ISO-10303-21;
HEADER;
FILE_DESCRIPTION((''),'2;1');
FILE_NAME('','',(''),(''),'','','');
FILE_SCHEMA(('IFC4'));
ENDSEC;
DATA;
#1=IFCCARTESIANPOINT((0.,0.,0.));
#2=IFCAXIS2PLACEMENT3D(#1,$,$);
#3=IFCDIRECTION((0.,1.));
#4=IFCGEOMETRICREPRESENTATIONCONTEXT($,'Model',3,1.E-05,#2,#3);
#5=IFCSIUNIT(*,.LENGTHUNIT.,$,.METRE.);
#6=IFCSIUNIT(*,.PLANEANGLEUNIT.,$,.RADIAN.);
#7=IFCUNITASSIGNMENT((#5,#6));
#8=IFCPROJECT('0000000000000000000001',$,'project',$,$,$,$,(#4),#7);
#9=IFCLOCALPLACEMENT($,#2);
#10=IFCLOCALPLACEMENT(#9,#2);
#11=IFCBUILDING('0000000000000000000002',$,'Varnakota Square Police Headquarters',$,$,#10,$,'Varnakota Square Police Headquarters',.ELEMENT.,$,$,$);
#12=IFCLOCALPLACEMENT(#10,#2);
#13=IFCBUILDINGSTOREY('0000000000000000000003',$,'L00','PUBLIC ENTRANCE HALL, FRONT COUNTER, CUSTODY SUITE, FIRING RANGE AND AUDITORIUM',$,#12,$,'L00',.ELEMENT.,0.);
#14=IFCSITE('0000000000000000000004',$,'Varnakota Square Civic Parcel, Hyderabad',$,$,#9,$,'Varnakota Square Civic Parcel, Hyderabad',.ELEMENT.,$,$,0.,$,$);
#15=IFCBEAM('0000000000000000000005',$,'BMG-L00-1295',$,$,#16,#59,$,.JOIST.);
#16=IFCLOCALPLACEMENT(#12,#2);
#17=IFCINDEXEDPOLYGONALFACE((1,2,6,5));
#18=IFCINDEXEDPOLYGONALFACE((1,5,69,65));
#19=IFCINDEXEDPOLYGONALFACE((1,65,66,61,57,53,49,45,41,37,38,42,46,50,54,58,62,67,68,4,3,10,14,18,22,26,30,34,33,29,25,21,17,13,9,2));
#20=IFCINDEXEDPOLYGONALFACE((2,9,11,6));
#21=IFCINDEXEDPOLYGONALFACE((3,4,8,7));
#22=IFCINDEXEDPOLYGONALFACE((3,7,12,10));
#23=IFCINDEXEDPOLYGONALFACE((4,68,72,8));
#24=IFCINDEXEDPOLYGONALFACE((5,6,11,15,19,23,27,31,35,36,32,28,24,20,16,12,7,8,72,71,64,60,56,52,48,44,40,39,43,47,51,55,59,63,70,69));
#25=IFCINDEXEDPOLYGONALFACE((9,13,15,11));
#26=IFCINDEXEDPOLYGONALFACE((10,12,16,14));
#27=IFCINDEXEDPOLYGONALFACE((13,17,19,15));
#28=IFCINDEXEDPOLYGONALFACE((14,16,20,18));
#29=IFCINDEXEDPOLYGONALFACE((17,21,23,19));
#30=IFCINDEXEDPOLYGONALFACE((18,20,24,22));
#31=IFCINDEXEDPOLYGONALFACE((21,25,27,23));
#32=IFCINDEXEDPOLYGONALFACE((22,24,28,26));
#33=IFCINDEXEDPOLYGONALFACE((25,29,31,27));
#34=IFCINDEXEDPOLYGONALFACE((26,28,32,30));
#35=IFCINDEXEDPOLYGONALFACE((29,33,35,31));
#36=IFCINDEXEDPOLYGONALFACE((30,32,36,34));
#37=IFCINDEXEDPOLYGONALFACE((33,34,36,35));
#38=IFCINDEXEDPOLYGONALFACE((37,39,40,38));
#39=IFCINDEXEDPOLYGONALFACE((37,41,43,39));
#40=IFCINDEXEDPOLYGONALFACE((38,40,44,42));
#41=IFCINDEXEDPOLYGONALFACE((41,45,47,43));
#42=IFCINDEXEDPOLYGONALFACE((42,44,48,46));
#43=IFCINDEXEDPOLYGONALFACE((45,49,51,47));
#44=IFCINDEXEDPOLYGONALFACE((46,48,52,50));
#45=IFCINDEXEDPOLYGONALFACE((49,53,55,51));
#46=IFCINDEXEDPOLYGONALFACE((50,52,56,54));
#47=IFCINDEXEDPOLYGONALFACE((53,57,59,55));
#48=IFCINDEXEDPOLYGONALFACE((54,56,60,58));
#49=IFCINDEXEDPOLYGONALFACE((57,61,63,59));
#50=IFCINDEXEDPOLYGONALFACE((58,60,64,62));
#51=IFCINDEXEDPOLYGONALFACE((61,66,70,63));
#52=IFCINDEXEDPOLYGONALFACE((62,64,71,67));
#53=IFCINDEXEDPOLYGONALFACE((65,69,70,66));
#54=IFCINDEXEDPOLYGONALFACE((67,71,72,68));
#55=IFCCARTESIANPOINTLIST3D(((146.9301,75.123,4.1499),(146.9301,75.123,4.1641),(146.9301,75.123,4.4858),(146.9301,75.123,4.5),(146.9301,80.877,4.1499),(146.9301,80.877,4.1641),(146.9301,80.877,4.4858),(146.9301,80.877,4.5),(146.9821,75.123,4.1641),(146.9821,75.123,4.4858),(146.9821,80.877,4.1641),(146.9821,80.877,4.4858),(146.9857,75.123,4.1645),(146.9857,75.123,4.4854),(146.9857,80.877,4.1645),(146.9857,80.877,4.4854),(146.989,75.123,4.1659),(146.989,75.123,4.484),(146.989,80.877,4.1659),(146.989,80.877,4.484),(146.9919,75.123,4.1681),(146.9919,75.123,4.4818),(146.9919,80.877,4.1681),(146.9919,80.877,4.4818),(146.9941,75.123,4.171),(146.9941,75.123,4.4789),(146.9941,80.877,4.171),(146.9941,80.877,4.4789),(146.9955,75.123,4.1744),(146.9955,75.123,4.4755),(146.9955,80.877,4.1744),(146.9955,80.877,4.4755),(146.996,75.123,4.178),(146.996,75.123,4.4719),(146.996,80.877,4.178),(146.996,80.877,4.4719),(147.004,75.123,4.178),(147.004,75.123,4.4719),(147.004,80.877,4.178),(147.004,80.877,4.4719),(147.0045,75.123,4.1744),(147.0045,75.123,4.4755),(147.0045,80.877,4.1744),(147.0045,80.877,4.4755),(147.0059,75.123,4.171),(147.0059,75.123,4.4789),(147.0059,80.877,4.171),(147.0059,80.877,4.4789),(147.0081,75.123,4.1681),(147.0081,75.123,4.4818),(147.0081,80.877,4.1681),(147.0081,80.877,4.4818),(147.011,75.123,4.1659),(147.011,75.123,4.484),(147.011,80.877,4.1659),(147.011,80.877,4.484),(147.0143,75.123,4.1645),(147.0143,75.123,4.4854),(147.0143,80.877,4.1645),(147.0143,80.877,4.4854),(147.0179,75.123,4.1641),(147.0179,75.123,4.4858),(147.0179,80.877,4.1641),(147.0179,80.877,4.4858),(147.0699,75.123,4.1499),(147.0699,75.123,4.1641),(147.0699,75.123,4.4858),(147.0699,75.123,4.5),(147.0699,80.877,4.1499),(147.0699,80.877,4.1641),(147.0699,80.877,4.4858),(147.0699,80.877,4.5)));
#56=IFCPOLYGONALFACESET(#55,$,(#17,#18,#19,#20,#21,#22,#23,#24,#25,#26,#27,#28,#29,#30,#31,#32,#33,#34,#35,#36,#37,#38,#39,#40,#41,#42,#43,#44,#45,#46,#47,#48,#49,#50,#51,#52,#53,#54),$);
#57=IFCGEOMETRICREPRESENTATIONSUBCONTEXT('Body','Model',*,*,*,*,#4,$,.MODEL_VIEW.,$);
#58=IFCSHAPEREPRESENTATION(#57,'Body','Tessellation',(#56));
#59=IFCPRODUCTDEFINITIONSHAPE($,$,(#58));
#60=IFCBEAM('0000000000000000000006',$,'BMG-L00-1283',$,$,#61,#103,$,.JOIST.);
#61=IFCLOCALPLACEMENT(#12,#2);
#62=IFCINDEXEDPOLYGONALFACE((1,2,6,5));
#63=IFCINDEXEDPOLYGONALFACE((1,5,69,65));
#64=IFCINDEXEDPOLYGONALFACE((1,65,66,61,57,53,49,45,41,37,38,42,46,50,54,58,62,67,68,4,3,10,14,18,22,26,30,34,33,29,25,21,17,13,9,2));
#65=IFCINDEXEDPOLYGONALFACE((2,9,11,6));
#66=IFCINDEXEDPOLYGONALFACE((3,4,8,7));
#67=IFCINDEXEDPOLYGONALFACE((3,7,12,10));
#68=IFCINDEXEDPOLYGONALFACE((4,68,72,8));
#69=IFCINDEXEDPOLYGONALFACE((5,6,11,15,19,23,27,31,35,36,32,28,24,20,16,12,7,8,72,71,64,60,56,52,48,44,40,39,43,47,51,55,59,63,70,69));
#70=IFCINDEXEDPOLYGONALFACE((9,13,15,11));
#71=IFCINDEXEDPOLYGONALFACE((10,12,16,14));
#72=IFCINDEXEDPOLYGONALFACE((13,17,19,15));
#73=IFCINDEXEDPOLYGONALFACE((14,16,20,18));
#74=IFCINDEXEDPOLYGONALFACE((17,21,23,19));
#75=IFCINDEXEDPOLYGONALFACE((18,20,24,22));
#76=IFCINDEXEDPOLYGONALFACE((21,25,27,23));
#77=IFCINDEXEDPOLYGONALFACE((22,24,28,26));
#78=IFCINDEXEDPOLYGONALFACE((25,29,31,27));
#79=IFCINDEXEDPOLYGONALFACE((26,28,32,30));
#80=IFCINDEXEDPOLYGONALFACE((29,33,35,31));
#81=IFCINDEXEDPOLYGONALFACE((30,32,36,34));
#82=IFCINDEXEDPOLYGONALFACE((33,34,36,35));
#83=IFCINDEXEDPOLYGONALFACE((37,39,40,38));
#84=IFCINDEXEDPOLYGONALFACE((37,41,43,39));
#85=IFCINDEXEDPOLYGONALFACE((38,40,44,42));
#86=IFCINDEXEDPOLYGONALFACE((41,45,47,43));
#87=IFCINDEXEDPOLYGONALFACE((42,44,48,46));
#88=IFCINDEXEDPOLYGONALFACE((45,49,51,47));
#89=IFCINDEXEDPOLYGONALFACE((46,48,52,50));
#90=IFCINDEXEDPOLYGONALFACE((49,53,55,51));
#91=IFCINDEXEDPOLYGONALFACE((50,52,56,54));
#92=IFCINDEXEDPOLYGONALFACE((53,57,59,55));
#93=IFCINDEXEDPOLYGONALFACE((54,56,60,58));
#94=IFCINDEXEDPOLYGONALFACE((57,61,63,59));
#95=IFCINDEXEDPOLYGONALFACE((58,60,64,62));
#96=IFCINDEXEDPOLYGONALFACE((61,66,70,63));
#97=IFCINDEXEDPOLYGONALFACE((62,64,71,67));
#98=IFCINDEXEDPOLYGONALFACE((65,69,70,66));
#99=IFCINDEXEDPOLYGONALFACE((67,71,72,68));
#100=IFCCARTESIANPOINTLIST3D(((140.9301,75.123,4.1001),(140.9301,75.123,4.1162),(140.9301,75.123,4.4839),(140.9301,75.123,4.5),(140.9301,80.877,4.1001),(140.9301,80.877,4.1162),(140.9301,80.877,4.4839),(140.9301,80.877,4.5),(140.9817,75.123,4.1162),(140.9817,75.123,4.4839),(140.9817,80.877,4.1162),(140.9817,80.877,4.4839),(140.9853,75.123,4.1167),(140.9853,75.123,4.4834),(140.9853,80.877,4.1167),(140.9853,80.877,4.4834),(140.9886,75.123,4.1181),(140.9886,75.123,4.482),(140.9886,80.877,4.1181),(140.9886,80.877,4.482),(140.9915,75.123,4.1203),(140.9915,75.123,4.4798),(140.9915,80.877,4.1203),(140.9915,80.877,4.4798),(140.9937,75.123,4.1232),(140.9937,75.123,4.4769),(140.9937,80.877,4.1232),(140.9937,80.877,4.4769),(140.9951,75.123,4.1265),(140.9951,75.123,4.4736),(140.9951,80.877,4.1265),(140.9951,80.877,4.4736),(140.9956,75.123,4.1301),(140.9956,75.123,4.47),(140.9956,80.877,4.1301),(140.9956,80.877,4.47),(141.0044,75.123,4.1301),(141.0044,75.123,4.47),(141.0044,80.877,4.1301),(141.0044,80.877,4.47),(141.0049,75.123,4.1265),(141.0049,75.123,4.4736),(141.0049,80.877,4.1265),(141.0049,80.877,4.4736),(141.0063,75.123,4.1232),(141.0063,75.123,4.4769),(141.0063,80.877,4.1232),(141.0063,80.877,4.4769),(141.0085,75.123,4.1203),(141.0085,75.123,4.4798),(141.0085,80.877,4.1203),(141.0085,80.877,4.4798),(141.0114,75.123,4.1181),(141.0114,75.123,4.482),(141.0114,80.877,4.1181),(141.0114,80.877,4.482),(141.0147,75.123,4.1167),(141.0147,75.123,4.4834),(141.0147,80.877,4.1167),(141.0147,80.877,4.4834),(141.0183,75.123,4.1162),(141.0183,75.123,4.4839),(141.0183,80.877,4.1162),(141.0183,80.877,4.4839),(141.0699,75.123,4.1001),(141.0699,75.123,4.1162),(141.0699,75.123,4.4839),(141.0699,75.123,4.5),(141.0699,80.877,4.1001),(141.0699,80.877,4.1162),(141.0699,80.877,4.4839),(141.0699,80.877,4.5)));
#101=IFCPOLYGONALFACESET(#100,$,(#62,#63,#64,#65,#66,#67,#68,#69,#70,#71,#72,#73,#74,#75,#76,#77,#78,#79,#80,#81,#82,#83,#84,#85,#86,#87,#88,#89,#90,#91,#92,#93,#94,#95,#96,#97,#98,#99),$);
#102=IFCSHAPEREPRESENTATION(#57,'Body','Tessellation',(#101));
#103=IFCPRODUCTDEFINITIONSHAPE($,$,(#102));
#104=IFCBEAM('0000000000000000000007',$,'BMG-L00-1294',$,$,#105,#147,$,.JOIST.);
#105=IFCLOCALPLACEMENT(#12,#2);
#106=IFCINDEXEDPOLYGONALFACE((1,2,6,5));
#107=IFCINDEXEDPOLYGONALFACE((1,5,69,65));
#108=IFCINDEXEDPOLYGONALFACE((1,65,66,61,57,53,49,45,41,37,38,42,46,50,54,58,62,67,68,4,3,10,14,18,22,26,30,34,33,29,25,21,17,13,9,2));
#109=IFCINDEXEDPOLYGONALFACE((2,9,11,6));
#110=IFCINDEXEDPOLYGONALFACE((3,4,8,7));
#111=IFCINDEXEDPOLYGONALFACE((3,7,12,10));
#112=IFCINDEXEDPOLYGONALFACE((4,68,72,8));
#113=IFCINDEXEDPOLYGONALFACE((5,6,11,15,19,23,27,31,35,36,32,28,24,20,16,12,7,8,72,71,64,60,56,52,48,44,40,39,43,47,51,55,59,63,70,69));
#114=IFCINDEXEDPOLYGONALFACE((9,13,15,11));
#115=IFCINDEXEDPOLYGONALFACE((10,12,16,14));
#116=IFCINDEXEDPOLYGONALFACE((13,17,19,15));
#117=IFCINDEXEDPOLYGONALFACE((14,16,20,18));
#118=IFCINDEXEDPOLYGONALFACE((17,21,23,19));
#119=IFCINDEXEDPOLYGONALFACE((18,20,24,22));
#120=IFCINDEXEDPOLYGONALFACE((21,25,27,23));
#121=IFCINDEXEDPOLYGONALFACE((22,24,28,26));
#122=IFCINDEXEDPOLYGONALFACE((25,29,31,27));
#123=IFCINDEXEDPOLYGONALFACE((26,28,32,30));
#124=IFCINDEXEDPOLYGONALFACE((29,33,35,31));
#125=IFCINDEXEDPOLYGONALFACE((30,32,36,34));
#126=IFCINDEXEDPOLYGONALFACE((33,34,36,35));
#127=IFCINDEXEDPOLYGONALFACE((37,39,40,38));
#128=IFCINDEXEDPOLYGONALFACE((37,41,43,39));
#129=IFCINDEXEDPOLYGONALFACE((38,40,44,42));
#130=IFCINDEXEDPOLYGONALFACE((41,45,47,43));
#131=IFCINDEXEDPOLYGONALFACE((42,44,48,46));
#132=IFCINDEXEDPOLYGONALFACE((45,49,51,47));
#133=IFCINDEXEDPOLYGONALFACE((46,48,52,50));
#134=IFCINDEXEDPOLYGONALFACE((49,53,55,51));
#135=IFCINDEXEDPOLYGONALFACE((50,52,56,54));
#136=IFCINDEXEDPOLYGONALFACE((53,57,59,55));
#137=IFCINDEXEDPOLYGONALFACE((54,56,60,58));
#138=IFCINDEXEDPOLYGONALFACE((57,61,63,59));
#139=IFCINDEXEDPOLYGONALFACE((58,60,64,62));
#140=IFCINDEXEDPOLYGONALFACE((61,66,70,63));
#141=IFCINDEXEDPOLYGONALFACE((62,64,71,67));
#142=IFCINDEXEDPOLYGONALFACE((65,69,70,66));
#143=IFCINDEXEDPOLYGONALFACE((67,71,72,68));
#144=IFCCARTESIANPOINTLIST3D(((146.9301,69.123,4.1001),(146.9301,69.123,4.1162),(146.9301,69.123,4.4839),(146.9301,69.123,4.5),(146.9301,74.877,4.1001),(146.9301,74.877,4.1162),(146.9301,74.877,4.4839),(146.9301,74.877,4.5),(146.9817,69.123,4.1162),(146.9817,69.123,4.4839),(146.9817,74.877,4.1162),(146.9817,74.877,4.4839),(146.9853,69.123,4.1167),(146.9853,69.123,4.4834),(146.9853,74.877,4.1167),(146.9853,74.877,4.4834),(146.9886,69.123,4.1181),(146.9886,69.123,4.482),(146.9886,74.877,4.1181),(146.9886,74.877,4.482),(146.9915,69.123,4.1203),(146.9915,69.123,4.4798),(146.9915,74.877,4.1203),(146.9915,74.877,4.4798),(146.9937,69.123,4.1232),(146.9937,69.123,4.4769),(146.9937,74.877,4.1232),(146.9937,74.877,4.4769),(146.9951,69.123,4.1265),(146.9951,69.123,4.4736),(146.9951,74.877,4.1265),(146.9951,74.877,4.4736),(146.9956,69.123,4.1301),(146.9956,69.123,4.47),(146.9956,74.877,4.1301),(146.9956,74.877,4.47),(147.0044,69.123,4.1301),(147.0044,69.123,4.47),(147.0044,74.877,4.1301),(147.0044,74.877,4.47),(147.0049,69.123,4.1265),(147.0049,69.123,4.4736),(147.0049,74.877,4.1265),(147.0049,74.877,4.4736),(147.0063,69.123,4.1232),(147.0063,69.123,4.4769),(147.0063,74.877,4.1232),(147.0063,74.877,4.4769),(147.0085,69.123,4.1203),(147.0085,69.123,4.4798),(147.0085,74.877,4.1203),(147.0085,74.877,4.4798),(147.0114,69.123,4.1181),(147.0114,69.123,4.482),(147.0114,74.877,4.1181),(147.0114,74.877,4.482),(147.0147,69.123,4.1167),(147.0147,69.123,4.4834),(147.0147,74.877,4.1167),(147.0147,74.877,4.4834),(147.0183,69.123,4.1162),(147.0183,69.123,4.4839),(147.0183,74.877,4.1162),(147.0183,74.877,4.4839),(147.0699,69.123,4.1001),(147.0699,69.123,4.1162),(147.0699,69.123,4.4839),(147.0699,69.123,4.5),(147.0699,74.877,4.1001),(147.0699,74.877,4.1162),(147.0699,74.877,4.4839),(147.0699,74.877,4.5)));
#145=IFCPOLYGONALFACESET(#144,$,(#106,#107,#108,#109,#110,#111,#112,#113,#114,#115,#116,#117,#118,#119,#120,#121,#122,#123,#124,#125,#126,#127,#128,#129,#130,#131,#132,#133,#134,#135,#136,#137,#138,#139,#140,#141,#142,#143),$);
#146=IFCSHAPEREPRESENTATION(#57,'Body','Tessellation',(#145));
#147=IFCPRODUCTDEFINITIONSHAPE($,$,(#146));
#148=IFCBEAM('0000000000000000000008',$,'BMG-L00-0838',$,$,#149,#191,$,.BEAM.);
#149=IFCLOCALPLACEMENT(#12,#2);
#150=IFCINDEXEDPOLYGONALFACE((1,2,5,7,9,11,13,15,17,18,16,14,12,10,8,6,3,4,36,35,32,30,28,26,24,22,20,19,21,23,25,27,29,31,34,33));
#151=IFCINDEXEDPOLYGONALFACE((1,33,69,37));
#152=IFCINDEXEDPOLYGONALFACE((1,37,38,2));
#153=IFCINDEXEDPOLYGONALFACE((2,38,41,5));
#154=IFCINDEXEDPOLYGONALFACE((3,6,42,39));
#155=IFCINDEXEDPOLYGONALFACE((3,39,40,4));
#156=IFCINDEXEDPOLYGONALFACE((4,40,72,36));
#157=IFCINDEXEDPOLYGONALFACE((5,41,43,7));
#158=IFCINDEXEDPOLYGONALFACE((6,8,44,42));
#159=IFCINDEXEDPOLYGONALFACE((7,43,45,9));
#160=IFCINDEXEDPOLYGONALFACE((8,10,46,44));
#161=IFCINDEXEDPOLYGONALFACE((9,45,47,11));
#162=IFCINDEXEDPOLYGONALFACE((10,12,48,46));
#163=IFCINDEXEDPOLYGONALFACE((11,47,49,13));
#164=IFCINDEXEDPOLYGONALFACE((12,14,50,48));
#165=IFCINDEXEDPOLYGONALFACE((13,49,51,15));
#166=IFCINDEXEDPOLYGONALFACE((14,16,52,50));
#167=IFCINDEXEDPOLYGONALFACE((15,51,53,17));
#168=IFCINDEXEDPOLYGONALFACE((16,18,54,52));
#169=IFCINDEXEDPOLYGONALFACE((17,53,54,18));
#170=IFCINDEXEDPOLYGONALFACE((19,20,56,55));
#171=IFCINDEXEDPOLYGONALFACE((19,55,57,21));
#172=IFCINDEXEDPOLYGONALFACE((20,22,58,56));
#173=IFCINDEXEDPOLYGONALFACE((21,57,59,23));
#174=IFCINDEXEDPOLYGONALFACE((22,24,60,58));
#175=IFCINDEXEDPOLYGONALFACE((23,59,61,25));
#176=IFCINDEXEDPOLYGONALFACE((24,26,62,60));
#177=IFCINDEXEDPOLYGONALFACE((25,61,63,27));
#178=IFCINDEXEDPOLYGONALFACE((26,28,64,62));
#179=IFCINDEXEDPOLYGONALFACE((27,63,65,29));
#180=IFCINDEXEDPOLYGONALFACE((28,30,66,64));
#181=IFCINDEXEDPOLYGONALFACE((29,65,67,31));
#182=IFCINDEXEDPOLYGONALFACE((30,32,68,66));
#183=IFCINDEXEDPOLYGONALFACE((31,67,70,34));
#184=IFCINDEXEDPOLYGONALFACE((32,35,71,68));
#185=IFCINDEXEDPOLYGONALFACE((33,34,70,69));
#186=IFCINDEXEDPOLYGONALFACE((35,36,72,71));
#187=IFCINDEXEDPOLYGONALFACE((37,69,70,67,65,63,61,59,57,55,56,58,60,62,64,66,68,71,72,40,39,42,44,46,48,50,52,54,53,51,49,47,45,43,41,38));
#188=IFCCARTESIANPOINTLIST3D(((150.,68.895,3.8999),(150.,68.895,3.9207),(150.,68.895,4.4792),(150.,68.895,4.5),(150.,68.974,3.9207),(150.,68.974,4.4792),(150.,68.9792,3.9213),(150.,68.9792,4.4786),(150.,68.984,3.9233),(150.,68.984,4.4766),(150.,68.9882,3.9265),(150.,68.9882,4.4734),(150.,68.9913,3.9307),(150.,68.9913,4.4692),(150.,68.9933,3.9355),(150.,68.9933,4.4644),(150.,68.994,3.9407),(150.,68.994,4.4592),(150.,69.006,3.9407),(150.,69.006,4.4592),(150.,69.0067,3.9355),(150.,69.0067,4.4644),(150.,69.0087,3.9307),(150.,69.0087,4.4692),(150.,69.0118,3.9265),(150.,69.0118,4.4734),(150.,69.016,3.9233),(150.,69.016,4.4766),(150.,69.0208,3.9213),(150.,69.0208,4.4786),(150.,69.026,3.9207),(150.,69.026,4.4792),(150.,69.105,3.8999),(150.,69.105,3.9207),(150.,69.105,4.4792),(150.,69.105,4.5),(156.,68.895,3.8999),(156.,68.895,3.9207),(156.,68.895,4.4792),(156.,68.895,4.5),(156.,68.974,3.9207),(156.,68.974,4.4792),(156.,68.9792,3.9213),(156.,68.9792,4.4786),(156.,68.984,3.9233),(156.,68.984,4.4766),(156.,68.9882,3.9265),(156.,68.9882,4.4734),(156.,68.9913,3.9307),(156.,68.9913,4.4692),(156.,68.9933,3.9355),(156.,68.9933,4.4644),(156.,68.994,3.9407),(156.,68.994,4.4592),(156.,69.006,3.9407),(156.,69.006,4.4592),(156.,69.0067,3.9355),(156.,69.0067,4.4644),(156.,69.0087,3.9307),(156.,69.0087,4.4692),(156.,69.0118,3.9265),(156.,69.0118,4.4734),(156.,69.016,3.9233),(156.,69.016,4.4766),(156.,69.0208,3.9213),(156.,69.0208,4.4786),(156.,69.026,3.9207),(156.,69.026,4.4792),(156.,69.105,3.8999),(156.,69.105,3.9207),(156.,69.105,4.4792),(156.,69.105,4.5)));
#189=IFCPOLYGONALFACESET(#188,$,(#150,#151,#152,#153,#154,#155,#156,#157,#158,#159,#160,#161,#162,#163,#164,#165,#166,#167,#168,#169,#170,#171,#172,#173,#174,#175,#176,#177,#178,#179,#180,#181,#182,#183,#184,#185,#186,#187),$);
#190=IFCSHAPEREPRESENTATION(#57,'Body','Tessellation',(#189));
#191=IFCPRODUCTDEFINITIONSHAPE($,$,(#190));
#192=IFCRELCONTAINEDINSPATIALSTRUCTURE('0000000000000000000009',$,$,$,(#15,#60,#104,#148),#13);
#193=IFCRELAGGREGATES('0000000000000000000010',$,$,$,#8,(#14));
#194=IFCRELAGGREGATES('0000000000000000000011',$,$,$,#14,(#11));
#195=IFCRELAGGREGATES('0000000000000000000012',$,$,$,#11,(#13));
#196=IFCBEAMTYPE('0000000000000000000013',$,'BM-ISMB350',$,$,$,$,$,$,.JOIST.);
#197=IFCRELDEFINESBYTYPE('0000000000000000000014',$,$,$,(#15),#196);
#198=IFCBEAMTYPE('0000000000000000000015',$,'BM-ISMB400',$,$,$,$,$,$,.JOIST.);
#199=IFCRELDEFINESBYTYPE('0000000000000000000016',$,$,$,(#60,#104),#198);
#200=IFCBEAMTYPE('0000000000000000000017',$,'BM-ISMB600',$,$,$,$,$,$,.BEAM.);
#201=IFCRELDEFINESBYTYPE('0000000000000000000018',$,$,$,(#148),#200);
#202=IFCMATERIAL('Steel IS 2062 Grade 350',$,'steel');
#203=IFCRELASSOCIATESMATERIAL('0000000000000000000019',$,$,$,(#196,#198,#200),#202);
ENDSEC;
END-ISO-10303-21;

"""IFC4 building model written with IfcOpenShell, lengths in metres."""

from ifc_helpers import new_model, si_unit, direction, frame, origin, origin_2d, place, context, subcontext, project, spatial, i_section, extrude, material, material_profile, profile_set, type_object, element, save


model = new_model("IFC4")

# Units and contexts
model_context = context("Model", 3, precision=1e-05, world=origin(), true_north=direction((0.0, 1.0)))
body_context = subcontext(model_context, "Body", "Model", "MODEL_VIEW")
ifc_project = project(units=[si_unit("LENGTHUNIT", "METRE"), si_unit("PLANEANGLEUNIT", "RADIAN")], contexts=[model_context])

# Site, building, storey
site_placement = place(None, origin())
site = spatial("IfcSite", under=ifc_project, at=site_placement, Name="Varnakota Square Civic Parcel, Hyderabad", LongName="Varnakota Square Civic Parcel, Hyderabad", CompositionType="ELEMENT", RefElevation=0.0)
building_placement = place(site_placement, origin())
building = spatial("IfcBuilding", under=site, at=building_placement, Name="Varnakota Square Police Headquarters", LongName="Varnakota Square Police Headquarters", CompositionType="ELEMENT")
storey_placement = place(building_placement, origin())
storey = spatial("IfcBuildingStorey", under=building, at=storey_placement, Name="L00", Description="PUBLIC ENTRANCE HALL, FRONT COUNTER, CUSTODY SUITE, FIRING RANGE AND AUDITORIUM", LongName="L00", CompositionType="ELEMENT", Elevation=0.0)

# Beams
ifc_material_1 = material(Name="Steel IS 2062 Grade 350", Category="steel")
ifc_material_profile_1 = material_profile(ifc_material_1, i_section(OverallWidth=0.1399, OverallDepth=0.3501, WebThickness=0.0081, FlangeThickness=0.0142, FilletRadius=0.0139, at=origin_2d()), Name="ISMB 350")
ifc_profile_set_1 = profile_set([ifc_material_profile_1], Name="Steel IS 2062 Grade 350")
beam_type_1 = type_object("IfcBeamType", Name="BM-ISMB350", PredefinedType="JOIST", material=ifc_profile_set_1)
beam_1_placement = place(storey_placement, frame((147.0, 75.123, 4.325), z_axis=(0.0, 1.0, 0.0), x_axis=(-1.0, 0.0, 0.0)))
element("IfcBeam", 1, at=beam_1_placement, inside=storey, type_object=beam_type_1, Name="BMG-L00-1295", PredefinedType="JOIST", context=body_context, shape_type="SweptSolid", body=[
    extrude(i_section(OverallWidth=0.1399, OverallDepth=0.3501, WebThickness=0.0081, FlangeThickness=0.0142, FilletRadius=0.0139, at=origin_2d()), origin(), (0.0, 0.0, 1.0), 5.7539),
])
ifc_material_profile_2 = material_profile(ifc_material_1, i_section(OverallWidth=0.1399, OverallDepth=0.3999, WebThickness=0.0088, FlangeThickness=0.0161, FilletRadius=0.0139, at=origin_2d()), Name="ISMB 400")
ifc_profile_set_2 = profile_set([ifc_material_profile_2], Name="Steel IS 2062 Grade 350")
beam_type_2 = type_object("IfcBeamType", Name="BM-ISMB400", PredefinedType="JOIST", material=ifc_profile_set_2)
for number, where, z_axis, x_axis, name in (
    (2, (141.0, 75.123, 4.3), (0.0, 1.0, 0.0), (-1.0, 0.0, 0.0), "BMG-L00-1283"),
    (3, (147.0, 69.123, 4.3), (0.0, 1.0, 0.0), (-1.0, 0.0, 0.0), "BMG-L00-1294"),
):
    element("IfcBeam", number, at=place(storey_placement, frame(where, z_axis=z_axis, x_axis=x_axis)), inside=storey, type_object=beam_type_2, Name=name, PredefinedType="JOIST", context=body_context, shape_type="SweptSolid", body=[
        extrude(i_section(OverallWidth=0.1399, OverallDepth=0.3999, WebThickness=0.0088, FlangeThickness=0.0161, FilletRadius=0.0139, at=origin_2d()), origin(), (0.0, 0.0, 1.0), 5.7539),
    ])
ifc_material_profile_3 = material_profile(ifc_material_1, i_section(OverallWidth=0.21, OverallDepth=0.6001, WebThickness=0.012, FlangeThickness=0.0208, FilletRadius=0.02, at=origin_2d()), Name="ISMB 600")
ifc_profile_set_3 = profile_set([ifc_material_profile_3], Name="Steel IS 2062 Grade 350")
beam_type_3 = type_object("IfcBeamType", Name="BM-ISMB600", PredefinedType="BEAM", material=ifc_profile_set_3)
beam_2_placement = place(storey_placement, frame((150.0, 69.0, 4.2), z_axis=(1.0, 0.0, 0.0), x_axis=(0.0, 1.0, 0.0)))
element("IfcBeam", 4, at=beam_2_placement, inside=storey, type_object=beam_type_3, Name="BMG-L00-0838", PredefinedType="BEAM", context=body_context, shape_type="SweptSolid", body=[
    extrude(i_section(OverallWidth=0.21, OverallDepth=0.6001, WebThickness=0.012, FlangeThickness=0.0208, FilletRadius=0.02, at=origin_2d()), origin(), (0.0, 0.0, 1.0), 6.0),
])

save(model, "model.ifc")
